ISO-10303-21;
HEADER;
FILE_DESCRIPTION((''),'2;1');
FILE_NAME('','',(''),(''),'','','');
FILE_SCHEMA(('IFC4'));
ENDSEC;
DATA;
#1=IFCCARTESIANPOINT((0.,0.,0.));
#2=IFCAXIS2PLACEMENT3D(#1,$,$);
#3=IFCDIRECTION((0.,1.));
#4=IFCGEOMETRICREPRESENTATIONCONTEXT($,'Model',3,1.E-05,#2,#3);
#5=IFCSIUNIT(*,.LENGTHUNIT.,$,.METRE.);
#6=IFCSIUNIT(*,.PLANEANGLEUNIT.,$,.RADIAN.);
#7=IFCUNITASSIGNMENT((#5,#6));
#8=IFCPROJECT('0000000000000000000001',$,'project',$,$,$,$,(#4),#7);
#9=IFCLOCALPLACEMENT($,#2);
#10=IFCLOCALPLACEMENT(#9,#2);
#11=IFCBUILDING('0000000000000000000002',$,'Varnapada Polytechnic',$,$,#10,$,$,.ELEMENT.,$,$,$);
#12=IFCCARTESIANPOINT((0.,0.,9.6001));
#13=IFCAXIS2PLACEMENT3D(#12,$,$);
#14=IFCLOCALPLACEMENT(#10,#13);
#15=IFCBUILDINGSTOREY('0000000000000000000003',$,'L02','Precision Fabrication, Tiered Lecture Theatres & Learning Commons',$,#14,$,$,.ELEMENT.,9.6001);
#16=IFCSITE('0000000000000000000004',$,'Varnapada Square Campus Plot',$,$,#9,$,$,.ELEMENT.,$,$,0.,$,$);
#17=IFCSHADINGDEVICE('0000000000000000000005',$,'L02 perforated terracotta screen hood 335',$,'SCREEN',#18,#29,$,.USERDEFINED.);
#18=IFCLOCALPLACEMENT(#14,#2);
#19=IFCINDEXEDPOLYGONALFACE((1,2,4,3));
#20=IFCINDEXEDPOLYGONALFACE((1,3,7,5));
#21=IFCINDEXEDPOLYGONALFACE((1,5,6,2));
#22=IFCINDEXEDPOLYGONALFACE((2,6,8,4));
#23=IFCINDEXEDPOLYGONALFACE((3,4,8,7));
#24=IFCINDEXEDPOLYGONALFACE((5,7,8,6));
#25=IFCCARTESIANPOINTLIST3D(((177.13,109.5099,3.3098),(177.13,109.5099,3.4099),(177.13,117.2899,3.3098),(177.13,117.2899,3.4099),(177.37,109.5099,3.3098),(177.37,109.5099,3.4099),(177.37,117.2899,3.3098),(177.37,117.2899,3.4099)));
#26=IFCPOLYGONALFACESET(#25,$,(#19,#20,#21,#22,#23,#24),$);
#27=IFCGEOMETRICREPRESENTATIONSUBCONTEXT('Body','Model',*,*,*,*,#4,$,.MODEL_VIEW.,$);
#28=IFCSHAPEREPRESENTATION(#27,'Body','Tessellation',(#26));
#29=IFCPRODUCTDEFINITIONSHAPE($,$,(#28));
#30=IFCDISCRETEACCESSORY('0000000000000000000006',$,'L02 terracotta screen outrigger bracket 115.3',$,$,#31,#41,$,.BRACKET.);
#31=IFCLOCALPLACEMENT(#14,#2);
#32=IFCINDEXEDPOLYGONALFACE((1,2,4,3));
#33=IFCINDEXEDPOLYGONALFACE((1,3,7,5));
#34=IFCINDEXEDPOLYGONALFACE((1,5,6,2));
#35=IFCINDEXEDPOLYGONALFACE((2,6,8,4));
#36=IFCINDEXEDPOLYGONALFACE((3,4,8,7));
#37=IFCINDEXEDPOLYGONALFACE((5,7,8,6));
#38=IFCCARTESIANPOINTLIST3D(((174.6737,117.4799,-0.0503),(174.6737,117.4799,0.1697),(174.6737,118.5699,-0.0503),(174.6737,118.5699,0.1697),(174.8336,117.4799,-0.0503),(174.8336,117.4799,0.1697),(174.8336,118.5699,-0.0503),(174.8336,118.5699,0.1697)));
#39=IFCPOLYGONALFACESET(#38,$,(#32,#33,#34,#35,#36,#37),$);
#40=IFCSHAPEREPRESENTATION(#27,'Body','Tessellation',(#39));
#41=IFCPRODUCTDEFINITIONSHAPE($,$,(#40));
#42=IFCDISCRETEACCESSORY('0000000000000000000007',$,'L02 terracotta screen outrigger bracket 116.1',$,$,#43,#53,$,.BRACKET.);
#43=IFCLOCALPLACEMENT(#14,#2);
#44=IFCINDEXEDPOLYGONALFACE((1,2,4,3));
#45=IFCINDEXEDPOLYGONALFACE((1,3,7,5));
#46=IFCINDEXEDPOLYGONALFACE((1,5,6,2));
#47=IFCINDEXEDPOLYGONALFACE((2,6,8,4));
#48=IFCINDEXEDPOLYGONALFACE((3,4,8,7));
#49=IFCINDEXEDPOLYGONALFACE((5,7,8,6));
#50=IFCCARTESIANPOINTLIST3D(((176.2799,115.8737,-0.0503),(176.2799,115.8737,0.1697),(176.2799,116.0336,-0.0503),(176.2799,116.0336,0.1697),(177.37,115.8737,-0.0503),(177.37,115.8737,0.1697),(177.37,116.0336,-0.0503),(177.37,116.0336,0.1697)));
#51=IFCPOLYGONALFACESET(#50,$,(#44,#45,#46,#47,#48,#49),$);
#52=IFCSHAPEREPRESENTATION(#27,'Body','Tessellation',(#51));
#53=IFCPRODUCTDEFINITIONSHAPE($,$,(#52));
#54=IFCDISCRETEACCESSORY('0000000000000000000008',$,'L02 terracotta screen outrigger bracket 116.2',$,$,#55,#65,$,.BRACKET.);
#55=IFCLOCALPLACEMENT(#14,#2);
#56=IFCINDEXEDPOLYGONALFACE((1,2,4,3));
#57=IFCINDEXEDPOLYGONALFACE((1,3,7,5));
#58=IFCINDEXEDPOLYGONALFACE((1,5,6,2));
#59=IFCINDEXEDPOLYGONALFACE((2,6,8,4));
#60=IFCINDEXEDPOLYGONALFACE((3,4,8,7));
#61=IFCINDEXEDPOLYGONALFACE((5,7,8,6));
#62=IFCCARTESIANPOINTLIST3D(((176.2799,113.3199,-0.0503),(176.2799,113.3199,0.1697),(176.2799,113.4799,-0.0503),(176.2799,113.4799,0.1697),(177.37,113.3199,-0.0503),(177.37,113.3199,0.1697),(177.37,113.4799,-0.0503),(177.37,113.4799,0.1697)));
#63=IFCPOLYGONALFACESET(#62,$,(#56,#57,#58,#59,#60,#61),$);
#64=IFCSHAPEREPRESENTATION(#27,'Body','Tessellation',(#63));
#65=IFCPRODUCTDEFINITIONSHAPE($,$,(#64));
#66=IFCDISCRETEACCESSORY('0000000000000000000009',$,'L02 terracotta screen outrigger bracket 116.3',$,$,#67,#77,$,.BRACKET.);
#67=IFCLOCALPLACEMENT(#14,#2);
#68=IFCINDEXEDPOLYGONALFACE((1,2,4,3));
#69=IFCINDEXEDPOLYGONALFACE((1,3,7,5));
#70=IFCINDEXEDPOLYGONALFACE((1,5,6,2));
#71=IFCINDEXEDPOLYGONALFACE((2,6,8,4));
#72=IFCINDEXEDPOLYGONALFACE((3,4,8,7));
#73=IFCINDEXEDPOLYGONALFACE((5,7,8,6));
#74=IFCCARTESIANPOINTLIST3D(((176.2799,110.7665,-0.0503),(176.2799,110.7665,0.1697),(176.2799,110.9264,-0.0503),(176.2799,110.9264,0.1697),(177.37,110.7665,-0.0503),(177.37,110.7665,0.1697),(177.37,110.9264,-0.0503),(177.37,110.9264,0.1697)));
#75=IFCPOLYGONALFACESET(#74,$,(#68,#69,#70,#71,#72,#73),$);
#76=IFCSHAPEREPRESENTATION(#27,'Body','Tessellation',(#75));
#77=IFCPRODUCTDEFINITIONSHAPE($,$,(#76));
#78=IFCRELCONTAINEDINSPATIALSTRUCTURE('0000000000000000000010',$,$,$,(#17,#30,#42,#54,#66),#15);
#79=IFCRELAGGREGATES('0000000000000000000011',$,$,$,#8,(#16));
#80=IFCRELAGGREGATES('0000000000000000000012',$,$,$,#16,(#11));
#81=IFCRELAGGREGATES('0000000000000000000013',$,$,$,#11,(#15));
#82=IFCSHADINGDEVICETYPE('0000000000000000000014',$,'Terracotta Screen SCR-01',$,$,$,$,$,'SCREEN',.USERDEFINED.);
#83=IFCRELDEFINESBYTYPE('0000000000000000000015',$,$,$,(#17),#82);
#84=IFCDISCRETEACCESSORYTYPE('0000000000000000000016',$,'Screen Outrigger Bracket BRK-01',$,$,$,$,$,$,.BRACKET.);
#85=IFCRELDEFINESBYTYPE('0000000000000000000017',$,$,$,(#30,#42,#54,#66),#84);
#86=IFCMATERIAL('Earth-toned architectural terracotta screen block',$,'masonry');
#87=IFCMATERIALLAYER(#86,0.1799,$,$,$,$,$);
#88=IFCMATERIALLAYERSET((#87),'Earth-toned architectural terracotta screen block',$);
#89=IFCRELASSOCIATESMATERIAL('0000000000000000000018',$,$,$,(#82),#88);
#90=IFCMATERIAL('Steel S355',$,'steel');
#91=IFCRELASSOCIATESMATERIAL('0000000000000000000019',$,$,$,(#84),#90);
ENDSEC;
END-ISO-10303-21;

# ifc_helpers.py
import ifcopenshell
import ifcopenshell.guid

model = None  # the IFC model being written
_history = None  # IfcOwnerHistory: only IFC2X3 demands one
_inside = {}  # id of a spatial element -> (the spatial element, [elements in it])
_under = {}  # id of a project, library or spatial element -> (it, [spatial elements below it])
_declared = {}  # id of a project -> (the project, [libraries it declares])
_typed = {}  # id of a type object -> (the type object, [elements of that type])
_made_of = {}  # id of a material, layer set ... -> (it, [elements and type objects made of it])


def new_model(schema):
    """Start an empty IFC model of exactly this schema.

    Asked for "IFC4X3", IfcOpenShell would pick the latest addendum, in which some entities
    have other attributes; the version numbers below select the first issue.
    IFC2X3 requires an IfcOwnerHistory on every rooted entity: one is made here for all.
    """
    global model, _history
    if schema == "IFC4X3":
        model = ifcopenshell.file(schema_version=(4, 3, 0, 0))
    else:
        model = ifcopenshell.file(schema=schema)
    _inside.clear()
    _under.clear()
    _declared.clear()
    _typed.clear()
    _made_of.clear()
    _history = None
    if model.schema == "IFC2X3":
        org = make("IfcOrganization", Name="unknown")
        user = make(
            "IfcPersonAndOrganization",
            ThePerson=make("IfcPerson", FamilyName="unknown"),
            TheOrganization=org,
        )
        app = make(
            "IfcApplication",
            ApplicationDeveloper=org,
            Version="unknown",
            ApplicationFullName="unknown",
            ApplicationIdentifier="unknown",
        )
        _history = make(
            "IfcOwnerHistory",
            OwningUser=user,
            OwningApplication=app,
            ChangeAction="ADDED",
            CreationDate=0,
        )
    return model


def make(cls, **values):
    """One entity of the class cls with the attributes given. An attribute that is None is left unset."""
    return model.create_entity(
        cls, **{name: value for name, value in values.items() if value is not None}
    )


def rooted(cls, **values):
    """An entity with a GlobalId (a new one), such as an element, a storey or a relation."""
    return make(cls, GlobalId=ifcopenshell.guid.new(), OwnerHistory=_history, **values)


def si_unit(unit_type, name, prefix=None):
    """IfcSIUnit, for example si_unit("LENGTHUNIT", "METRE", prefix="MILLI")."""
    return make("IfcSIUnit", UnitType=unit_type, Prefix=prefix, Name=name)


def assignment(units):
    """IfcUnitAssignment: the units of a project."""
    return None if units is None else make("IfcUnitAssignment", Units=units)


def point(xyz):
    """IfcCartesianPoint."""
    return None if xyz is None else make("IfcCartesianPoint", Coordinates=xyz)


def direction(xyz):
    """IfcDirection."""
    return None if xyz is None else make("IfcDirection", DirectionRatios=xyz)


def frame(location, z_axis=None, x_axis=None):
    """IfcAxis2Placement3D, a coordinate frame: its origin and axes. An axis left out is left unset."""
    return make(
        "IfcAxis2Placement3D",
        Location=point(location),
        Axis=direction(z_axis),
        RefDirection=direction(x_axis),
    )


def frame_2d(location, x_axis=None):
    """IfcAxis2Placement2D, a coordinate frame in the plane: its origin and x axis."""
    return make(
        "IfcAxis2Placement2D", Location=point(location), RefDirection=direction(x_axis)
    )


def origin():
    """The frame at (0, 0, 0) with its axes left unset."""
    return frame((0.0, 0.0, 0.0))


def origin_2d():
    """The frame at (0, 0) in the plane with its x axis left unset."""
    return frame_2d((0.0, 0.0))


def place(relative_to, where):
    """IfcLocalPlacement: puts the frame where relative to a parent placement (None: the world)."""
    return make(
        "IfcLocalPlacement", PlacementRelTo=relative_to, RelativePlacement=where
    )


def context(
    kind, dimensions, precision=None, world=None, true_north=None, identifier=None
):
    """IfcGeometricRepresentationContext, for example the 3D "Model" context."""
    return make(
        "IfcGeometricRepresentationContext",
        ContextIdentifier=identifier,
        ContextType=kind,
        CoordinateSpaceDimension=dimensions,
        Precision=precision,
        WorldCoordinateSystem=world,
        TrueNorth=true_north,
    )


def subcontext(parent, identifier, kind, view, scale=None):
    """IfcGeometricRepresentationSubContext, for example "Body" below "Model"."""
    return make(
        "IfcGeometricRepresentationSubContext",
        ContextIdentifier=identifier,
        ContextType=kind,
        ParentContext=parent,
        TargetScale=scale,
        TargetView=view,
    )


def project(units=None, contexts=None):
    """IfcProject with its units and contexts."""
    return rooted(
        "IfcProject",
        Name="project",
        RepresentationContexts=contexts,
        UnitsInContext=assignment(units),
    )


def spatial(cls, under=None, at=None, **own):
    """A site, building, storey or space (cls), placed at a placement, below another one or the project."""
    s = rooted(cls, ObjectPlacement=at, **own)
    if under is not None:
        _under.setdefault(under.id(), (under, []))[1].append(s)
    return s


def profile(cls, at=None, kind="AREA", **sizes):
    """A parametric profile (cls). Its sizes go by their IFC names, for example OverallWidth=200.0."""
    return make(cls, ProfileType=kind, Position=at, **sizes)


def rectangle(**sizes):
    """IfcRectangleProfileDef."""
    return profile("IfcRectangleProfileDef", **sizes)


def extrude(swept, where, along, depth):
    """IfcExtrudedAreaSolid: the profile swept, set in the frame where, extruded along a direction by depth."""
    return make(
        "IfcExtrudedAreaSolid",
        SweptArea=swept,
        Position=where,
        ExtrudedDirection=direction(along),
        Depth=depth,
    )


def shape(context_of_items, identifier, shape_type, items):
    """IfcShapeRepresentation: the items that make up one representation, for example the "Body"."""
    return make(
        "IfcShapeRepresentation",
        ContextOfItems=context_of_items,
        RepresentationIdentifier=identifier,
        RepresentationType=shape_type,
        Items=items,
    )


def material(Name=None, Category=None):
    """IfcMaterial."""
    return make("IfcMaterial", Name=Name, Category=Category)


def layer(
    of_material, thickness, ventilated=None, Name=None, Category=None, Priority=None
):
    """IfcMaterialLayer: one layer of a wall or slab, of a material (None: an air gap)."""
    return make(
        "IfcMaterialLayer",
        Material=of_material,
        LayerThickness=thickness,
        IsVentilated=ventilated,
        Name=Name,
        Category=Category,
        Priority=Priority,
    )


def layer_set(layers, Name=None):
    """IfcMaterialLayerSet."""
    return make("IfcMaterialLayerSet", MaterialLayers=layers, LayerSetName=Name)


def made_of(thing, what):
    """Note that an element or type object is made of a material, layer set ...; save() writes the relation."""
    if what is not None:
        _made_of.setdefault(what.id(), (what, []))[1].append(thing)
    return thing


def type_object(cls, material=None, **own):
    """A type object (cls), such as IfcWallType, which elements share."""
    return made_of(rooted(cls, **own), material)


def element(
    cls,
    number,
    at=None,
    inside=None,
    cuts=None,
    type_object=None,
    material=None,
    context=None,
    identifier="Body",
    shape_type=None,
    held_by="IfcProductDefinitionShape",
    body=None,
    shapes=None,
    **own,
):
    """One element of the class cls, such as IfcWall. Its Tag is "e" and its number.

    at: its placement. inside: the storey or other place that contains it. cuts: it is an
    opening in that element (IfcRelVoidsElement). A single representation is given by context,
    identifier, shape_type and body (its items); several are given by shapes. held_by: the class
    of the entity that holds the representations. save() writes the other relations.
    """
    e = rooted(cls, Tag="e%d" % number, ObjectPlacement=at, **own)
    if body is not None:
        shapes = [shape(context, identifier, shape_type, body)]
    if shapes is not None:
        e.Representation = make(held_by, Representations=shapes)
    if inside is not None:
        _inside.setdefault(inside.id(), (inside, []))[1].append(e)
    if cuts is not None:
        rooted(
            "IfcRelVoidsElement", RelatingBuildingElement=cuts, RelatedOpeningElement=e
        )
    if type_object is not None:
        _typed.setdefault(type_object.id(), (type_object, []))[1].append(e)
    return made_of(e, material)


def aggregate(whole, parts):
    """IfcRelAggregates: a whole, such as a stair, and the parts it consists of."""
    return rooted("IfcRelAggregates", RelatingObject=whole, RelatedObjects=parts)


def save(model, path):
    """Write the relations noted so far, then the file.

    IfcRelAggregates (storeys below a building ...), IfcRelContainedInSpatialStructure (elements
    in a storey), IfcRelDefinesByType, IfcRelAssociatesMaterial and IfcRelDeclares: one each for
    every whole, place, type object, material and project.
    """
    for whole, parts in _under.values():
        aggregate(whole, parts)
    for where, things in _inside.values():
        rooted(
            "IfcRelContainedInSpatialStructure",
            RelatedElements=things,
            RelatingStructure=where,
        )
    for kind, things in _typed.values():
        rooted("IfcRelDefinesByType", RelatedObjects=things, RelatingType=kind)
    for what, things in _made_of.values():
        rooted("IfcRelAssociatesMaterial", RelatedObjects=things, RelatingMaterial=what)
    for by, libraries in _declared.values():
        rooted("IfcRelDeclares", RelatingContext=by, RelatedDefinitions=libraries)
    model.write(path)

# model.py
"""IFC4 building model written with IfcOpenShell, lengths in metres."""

from ifc_helpers import new_model, si_unit, direction, frame, origin, origin_2d, place, context, subcontext, project, spatial, rectangle, extrude, material, layer, layer_set, type_object, element, save


model = new_model("IFC4")

# Units and contexts
model_context = context("Model", 3, precision=1e-05, world=origin(), true_north=direction((0.0, 1.0)))
body_context = subcontext(model_context, "Body", "Model", "MODEL_VIEW")
ifc_project = project(units=[si_unit("LENGTHUNIT", "METRE"), si_unit("PLANEANGLEUNIT", "RADIAN")], contexts=[model_context])

# Site, building, storey
site_placement = place(None, origin())
site = spatial("IfcSite", under=ifc_project, at=site_placement, Name="Varnapada Square Campus Plot", CompositionType="ELEMENT", RefElevation=0.0)
building_placement = place(site_placement, origin())
building = spatial("IfcBuilding", under=site, at=building_placement, Name="Varnapada Polytechnic", CompositionType="ELEMENT")
storey_placement = place(building_placement, frame((0.0, 0.0, 9.6001)))
storey = spatial("IfcBuildingStorey", under=building, at=storey_placement, Name="L02", Description="Precision Fabrication, Tiered Lecture Theatres & Learning Commons", CompositionType="ELEMENT", Elevation=9.6001)

# Shared definitions
ifc_material_1 = material(Name="Earth-toned architectural terracotta screen block", Category="masonry")

# Shading device
ifc_layer_1 = layer(ifc_material_1, 0.1799)
ifc_layer_set_1 = layer_set([ifc_layer_1], Name="Earth-toned architectural terracotta screen block")
shading_device_type = type_object("IfcShadingDeviceType", Name="Terracotta Screen SCR-01", ElementType="SCREEN", PredefinedType="USERDEFINED", material=ifc_layer_set_1)
for number, where, z_axis, x_axis, name in (
    (1, (177.25, 113.3999, 3.3098), (0.0, 0.0, 1.0), (0.0, -1.0, 0.0), "L02 perforated terracotta screen hood 335"),
):
    element("IfcShadingDevice", number, at=place(storey_placement, frame(where, z_axis=z_axis, x_axis=x_axis)), inside=storey, type_object=shading_device_type, Name=name, ObjectType="SCREEN", PredefinedType="USERDEFINED", context=body_context, shape_type="SweptSolid", body=[
        extrude(rectangle(XDim=7.78, YDim=0.24, at=origin_2d()), origin(), (0.0, 0.0, 1.0), 0.1001),
    ])

# Discrete accessories
ifc_material_2 = material(Name="Steel S355", Category="steel")
discrete_accessory_type = type_object("IfcDiscreteAccessoryType", Name="Screen Outrigger Bracket BRK-01", PredefinedType="BRACKET", material=ifc_material_2)
for number, where, z_axis, x_axis, name in (
    (2, (174.7537, 118.0249, -0.0503), (0.0, 0.0, 1.0), (1.0, 0.0, 0.0), "L02 terracotta screen outrigger bracket 115.3"),
    (3, (176.825, 115.9536, -0.0503), (0.0, 0.0, 1.0), (0.0, -1.0, 0.0), "L02 terracotta screen outrigger bracket 116.1"),
    (4, (176.825, 113.3999, -0.0503), (0.0, 0.0, 1.0), (0.0, -1.0, 0.0), "L02 terracotta screen outrigger bracket 116.2"),
    (5, (176.825, 110.8464, -0.0503), (0.0, 0.0, 1.0), (0.0, -1.0, 0.0), "L02 terracotta screen outrigger bracket 116.3"),
):
    element("IfcDiscreteAccessory", number, at=place(storey_placement, frame(where, z_axis=z_axis, x_axis=x_axis)), inside=storey, type_object=discrete_accessory_type, Name=name, PredefinedType="BRACKET", context=body_context, shape_type="SweptSolid", body=[
        extrude(rectangle(XDim=0.1599, YDim=1.0901, at=origin_2d()), origin(), (0.0, 0.0, 1.0), 0.22),
    ])

save(model, "model.ifc")
